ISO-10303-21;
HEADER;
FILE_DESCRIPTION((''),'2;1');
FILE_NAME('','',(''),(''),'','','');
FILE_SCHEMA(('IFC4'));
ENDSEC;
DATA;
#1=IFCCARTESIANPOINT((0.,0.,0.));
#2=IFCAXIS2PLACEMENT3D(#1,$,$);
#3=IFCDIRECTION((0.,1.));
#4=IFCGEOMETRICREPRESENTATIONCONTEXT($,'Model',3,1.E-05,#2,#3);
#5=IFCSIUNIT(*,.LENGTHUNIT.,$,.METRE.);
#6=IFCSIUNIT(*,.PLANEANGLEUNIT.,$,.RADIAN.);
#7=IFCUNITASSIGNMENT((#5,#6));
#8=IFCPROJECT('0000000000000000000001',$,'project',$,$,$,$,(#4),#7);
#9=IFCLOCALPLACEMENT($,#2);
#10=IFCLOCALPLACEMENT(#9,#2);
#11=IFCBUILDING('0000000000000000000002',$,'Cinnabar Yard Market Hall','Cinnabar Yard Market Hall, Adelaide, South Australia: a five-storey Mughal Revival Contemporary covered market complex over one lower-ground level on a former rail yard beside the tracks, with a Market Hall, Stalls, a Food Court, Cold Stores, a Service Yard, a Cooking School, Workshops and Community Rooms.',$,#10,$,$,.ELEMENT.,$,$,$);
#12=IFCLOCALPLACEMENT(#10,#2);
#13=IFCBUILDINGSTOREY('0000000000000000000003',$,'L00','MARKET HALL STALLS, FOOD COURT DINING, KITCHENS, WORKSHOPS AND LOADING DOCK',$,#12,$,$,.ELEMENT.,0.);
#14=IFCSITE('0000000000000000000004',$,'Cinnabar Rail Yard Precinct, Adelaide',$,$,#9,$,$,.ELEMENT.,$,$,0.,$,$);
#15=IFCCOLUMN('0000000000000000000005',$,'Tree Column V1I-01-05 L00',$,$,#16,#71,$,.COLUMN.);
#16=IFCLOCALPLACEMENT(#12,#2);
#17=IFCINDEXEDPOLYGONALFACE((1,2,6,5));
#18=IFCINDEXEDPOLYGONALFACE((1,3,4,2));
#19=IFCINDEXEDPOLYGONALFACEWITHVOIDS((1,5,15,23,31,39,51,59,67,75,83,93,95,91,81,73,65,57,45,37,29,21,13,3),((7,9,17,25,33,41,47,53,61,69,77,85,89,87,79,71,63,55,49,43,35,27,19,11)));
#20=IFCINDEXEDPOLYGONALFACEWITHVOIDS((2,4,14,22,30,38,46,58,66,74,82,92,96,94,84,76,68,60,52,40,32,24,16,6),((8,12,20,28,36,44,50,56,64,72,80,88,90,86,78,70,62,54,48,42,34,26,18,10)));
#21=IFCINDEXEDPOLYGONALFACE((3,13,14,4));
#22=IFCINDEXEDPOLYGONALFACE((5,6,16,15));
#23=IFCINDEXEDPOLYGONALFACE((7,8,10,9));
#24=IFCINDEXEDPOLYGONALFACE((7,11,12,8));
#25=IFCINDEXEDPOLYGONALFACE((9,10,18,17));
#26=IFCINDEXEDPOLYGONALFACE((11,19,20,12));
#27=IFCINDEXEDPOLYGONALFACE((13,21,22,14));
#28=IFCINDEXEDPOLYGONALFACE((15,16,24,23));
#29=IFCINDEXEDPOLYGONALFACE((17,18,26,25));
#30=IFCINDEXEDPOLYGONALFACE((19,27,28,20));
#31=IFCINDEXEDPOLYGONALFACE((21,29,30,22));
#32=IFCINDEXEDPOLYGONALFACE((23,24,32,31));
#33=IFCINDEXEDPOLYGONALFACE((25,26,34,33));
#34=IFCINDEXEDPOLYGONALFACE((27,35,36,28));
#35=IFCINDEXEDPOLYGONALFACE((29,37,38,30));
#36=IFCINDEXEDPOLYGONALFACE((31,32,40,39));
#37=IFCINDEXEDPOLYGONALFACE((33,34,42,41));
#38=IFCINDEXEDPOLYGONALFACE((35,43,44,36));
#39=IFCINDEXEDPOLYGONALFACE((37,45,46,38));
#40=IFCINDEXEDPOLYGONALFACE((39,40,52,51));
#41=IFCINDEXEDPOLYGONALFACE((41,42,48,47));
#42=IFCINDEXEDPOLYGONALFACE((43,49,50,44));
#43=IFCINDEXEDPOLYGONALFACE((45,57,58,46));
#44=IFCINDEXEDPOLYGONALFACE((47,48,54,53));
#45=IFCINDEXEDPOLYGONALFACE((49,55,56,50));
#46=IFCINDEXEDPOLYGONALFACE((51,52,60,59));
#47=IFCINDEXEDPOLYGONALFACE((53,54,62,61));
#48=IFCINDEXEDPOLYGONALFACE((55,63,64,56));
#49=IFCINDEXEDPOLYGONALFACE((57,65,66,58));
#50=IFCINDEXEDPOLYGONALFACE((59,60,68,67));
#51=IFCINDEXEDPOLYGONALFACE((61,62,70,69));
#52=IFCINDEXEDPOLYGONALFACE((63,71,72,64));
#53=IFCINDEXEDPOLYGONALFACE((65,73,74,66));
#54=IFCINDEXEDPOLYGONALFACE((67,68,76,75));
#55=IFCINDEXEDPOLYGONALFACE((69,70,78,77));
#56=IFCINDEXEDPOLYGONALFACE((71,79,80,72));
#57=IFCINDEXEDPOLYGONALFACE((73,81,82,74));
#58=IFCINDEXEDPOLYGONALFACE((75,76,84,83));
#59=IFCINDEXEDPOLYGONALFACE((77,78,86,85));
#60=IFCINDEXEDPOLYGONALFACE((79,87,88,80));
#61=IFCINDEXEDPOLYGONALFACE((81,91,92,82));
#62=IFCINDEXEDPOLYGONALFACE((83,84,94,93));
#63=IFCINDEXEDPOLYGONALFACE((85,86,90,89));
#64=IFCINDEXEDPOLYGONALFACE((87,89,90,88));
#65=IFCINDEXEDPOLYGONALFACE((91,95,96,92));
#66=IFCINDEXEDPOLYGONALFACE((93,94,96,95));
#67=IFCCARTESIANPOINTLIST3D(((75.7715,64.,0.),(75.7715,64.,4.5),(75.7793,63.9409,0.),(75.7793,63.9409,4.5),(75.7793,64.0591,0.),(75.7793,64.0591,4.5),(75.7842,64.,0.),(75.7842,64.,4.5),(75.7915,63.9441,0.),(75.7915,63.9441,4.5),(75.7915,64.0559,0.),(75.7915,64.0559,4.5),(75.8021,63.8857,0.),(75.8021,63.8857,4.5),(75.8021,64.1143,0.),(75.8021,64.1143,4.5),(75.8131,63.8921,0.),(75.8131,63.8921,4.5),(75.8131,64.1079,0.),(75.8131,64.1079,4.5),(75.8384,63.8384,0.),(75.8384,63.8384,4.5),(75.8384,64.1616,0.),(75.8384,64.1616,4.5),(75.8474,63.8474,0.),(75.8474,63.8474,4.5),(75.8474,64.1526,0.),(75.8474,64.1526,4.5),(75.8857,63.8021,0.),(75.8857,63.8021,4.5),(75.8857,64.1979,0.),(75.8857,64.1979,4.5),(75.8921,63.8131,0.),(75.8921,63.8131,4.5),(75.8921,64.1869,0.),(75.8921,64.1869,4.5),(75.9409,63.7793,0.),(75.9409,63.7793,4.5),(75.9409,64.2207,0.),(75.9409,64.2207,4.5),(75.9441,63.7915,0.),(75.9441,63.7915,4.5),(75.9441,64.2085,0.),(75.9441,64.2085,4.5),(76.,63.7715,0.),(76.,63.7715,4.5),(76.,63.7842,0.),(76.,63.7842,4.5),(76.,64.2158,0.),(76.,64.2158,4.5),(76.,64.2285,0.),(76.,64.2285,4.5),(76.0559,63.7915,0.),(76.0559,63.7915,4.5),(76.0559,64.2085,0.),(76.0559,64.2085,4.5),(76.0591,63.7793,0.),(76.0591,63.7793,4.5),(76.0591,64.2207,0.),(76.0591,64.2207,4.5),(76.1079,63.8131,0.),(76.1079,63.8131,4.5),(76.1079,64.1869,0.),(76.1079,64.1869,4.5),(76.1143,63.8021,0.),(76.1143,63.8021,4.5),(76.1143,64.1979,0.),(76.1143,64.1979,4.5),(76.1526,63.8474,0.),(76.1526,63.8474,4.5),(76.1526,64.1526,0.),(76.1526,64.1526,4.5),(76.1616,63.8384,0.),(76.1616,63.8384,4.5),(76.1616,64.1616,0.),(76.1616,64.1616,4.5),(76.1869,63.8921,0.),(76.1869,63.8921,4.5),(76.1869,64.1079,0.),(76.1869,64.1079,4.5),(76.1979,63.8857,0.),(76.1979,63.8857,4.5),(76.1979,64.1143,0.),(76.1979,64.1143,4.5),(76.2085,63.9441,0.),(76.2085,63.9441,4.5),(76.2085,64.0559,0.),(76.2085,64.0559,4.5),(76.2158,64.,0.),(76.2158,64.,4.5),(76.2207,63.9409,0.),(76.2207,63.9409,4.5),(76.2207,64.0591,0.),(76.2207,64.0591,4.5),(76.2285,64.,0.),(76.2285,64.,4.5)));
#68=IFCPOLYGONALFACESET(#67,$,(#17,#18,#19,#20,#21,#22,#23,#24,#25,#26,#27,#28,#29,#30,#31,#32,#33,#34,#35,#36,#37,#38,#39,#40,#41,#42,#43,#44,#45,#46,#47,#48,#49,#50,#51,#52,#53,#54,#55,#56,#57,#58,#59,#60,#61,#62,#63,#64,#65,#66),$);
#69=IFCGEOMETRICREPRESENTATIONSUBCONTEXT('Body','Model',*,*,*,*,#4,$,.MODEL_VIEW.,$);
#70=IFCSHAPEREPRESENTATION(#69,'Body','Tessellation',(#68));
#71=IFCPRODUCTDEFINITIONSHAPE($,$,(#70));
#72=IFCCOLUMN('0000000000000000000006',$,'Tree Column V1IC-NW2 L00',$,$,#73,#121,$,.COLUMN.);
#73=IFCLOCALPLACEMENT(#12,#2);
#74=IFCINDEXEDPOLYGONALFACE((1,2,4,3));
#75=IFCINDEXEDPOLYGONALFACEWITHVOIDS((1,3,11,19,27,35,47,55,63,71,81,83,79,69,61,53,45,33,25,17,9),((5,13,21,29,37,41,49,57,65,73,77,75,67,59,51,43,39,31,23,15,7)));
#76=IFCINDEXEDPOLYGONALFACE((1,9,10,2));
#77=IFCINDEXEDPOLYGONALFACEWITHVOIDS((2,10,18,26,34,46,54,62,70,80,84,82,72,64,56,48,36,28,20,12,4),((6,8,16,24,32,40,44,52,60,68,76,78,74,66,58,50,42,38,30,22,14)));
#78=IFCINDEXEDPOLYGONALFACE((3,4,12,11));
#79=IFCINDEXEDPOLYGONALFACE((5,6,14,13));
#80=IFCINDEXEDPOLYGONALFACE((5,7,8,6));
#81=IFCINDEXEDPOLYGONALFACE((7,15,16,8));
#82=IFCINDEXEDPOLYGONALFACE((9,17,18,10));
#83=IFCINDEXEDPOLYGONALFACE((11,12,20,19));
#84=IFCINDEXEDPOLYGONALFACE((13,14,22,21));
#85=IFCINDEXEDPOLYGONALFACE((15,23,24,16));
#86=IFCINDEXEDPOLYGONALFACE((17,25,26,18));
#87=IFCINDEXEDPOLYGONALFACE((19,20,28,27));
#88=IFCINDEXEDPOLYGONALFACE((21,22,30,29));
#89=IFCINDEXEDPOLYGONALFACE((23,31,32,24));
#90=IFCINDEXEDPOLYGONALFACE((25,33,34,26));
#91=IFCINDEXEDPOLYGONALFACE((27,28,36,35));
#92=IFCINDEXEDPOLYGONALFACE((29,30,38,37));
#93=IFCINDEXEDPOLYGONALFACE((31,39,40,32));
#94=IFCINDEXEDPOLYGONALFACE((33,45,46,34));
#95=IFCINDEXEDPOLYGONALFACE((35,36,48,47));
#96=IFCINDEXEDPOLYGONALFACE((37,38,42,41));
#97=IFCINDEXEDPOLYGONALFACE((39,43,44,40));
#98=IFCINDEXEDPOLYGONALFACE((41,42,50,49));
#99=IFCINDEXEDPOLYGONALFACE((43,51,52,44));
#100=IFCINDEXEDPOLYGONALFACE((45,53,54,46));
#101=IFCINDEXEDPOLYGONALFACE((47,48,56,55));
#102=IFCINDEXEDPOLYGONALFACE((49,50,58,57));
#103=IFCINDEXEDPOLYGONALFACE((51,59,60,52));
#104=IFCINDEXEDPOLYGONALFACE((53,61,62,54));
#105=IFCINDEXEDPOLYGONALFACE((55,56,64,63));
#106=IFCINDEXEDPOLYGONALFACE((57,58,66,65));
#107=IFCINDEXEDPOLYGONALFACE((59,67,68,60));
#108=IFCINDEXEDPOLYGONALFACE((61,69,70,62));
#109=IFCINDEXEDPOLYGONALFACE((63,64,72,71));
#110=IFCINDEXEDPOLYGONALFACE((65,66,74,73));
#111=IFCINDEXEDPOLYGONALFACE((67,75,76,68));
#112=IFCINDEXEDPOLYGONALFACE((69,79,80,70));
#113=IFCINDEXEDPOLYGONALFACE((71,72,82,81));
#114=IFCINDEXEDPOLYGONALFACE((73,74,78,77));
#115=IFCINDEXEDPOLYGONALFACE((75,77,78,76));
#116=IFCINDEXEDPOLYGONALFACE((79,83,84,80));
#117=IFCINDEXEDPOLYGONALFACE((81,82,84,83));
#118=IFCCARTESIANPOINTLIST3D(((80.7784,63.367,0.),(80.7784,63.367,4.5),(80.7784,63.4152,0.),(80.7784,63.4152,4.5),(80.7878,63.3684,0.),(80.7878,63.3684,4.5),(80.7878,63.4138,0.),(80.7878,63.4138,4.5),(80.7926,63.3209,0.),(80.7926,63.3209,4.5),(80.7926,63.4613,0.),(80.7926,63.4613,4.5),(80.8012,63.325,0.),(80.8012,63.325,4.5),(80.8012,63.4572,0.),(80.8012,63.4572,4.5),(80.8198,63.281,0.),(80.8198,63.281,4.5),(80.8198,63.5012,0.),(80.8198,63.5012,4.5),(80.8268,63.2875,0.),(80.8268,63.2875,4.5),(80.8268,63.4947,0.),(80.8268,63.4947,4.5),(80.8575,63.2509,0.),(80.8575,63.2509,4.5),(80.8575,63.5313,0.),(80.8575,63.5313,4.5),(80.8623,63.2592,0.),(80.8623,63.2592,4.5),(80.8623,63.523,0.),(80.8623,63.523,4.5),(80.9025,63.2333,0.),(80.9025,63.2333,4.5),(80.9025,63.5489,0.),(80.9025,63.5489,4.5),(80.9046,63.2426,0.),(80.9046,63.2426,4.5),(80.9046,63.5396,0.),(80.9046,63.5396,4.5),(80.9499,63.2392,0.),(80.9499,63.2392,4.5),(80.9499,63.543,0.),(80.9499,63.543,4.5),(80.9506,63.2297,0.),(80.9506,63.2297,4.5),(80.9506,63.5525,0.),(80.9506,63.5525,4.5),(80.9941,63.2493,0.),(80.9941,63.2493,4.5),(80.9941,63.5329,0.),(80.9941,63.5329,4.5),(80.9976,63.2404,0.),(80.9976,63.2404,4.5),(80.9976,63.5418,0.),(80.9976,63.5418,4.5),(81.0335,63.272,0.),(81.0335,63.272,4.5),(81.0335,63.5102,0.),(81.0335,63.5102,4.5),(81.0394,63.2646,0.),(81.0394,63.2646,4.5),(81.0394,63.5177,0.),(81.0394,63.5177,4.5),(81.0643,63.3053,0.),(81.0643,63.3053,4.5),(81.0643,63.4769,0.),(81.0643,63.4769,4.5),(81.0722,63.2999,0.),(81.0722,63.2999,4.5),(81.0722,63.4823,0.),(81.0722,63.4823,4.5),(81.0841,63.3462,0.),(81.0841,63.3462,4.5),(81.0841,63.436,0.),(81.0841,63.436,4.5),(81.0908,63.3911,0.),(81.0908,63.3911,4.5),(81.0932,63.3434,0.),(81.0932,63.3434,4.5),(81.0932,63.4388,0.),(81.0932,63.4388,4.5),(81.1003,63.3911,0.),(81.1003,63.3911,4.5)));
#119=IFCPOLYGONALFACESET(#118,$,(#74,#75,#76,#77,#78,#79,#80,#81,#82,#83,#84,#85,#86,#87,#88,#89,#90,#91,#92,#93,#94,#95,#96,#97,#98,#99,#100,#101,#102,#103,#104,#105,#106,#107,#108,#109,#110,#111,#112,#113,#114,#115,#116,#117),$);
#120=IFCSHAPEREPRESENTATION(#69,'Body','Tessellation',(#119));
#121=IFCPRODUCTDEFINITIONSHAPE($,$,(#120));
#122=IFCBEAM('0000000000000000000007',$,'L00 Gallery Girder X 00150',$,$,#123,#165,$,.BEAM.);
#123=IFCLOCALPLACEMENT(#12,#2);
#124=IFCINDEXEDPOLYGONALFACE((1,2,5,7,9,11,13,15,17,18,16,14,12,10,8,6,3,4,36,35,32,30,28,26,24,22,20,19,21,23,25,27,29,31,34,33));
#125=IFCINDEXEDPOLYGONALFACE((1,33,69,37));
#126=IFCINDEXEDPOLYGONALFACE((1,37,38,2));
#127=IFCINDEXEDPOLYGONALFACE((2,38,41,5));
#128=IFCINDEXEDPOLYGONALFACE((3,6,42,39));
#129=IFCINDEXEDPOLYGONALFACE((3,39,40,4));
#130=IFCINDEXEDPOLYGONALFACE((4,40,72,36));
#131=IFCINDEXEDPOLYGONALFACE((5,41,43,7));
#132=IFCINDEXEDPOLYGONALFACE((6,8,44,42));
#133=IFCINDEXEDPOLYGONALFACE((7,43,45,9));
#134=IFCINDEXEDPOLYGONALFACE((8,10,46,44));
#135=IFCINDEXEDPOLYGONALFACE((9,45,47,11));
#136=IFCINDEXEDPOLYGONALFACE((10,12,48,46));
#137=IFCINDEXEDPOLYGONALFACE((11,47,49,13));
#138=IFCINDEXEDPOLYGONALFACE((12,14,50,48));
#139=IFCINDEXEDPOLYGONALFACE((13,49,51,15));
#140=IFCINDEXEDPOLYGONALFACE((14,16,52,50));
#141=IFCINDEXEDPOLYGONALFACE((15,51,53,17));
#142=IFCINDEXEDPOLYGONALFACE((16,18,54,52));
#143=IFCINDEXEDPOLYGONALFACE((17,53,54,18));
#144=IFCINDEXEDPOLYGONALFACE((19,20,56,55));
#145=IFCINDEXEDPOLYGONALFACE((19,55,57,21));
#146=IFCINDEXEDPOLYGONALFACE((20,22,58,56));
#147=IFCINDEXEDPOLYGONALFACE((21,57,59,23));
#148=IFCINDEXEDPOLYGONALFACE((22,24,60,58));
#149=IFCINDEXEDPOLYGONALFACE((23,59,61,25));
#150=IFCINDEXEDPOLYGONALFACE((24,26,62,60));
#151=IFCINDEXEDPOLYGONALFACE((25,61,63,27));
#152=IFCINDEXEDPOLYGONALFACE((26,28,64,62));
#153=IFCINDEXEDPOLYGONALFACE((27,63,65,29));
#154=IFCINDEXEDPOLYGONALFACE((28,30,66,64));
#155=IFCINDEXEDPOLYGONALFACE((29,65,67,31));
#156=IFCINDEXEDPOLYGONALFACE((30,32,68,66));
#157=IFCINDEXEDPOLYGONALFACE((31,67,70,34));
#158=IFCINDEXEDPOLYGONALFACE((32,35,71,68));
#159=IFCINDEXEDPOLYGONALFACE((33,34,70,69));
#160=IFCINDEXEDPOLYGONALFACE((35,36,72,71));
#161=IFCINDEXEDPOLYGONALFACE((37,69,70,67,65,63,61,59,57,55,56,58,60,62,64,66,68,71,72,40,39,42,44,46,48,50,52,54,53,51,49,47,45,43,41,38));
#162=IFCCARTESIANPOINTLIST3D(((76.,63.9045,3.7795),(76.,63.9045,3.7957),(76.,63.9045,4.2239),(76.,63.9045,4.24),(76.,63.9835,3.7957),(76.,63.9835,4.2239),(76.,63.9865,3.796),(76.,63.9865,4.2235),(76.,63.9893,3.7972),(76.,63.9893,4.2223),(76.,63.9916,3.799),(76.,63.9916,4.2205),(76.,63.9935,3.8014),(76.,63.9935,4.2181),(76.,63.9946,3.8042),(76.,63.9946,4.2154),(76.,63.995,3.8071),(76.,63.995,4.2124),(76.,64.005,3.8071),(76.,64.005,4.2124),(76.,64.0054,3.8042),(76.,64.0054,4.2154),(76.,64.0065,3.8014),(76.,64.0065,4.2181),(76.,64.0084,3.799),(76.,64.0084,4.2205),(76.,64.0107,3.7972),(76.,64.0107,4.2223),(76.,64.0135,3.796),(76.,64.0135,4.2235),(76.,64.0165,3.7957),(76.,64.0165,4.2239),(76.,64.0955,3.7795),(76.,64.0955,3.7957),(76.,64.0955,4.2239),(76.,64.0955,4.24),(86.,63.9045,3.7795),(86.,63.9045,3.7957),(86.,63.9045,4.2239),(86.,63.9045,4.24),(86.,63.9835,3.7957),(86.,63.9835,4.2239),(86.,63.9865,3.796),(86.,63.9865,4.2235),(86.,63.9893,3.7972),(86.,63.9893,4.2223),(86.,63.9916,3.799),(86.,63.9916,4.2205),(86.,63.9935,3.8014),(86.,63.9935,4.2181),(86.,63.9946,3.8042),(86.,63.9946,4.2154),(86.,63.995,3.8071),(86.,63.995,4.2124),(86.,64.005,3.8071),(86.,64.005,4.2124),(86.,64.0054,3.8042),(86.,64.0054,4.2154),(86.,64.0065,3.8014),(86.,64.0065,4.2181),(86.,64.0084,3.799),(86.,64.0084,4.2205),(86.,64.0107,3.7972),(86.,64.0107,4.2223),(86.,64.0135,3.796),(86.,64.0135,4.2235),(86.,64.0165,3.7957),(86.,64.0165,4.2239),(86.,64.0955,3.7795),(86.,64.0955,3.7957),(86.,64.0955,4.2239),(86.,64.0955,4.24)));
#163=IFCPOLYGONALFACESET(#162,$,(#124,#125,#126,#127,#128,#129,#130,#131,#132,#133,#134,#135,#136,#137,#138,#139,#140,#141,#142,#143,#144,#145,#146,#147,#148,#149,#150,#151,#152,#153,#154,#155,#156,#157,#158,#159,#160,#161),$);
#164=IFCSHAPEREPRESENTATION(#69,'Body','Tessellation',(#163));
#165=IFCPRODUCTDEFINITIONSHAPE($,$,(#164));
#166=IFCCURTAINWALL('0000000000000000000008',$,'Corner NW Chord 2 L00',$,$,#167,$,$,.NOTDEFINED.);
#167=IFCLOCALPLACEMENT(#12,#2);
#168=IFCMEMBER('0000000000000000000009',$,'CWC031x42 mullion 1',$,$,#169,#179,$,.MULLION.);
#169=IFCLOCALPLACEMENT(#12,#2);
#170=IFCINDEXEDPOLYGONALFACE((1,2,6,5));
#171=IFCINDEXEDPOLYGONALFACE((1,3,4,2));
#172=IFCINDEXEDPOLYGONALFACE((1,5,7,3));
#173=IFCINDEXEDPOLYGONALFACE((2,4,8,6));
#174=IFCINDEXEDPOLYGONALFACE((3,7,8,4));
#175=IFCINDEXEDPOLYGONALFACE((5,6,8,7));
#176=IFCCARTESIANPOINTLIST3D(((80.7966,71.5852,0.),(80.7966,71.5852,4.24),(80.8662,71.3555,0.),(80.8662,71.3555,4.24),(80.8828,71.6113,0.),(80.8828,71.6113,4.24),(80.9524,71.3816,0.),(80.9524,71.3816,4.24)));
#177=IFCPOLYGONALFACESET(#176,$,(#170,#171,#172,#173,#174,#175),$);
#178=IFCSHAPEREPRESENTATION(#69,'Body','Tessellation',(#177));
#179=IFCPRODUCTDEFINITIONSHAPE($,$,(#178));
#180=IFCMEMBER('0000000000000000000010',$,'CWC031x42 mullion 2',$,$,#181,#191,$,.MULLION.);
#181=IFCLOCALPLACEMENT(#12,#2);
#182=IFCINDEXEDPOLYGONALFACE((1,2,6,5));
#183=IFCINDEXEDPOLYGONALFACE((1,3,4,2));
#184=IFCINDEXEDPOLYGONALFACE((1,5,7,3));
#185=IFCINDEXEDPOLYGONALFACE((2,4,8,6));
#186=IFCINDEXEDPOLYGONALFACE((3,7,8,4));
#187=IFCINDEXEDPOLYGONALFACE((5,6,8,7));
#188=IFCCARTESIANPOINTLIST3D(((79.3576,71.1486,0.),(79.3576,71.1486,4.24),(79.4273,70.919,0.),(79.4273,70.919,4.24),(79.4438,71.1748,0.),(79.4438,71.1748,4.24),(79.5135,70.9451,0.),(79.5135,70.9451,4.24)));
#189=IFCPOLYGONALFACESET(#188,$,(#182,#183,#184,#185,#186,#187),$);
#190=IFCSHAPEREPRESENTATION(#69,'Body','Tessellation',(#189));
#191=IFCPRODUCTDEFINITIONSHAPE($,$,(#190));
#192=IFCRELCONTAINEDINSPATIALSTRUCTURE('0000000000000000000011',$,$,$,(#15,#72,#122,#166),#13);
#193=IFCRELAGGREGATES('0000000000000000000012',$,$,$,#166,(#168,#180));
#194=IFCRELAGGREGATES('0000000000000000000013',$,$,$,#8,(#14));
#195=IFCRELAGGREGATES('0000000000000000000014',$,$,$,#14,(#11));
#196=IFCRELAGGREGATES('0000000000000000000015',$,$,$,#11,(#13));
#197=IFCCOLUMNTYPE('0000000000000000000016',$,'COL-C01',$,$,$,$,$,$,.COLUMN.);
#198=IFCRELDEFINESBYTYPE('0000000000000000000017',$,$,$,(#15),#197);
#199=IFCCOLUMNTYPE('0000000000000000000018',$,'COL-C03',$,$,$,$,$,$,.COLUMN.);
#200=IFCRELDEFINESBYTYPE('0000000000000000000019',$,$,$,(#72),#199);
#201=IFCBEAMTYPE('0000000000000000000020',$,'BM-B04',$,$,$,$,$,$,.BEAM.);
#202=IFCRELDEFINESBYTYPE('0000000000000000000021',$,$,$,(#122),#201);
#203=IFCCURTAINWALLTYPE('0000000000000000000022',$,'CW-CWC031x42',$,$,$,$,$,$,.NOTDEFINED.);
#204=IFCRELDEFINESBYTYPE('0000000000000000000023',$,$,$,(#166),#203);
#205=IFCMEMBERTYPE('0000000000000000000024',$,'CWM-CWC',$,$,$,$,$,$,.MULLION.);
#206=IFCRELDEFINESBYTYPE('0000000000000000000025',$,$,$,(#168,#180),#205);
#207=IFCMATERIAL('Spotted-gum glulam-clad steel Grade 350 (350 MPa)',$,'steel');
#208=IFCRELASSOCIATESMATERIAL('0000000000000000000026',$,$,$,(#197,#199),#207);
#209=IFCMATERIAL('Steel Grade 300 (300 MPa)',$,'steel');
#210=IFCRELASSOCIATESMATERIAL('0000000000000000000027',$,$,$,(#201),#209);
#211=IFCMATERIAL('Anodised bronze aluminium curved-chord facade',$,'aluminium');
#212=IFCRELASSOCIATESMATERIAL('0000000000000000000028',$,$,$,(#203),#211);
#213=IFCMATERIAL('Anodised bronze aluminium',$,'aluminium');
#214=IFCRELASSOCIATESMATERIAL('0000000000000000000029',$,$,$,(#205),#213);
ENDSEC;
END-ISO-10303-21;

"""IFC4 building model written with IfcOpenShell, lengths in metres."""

from ifc_helpers import new_model, si_unit, direction, frame, origin, origin_2d_with_axis, place, context, subcontext, project, spatial, rectangle, hollow_circle, i_section, extrude, material, material_profile, profile_set, type_object, element, aggregate, save


model = new_model("IFC4")

# Units and contexts
model_context = context("Model", 3, precision=1e-05, world=origin(), true_north=direction((0.0, 1.0)))
body_context = subcontext(model_context, "Body", "Model", "MODEL_VIEW")
ifc_project = project(units=[si_unit("LENGTHUNIT", "METRE"), si_unit("PLANEANGLEUNIT", "RADIAN")], contexts=[model_context])

# Site, building, storey
site_placement = place(None, origin())
site = spatial("IfcSite", under=ifc_project, at=site_placement, Name="Cinnabar Rail Yard Precinct, Adelaide", CompositionType="ELEMENT", RefElevation=0.0)
building_placement = place(site_placement, origin())
building = spatial("IfcBuilding", under=site, at=building_placement, Name="Cinnabar Yard Market Hall", Description="Cinnabar Yard Market Hall, Adelaide, South Australia: a five-storey Mughal Revival Contemporary covered market complex over one lower-ground level on a former rail yard beside the tracks, with a Market Hall, Stalls, a Food Court, Cold Stores, a Service Yard, a Cooking School, Workshops and Community Rooms.", CompositionType="ELEMENT")
storey_placement = place(building_placement, origin())
storey = spatial("IfcBuildingStorey", under=building, at=storey_placement, Name="L00", Description="MARKET HALL STALLS, FOOD COURT DINING, KITCHENS, WORKSHOPS AND LOADING DOCK", CompositionType="ELEMENT", Elevation=0.0)

# Columns
ifc_material_1 = material(Name="Spotted-gum glulam-clad steel Grade 350 (350 MPa)", Category="steel")
ifc_material_profile_1 = material_profile(ifc_material_1, hollow_circle(Radius=0.2285, WallThickness=0.0127, at=origin_2d_with_axis()), Name="457.0x12.7CHS")
ifc_profile_set_1 = profile_set([ifc_material_profile_1], Name="Spotted-gum glulam-clad steel Grade 350 (350 MPa)")
column_type_1 = type_object("IfcColumnType", Name="COL-C01", PredefinedType="COLUMN", material=ifc_profile_set_1)
column_1_placement = place(storey_placement, frame((76.0, 64.0, 0.0), z_axis=(0.0, 0.0, 1.0), x_axis=(1.0, 0.0, 0.0)))
element("IfcColumn", 1, at=column_1_placement, inside=storey, type_object=column_type_1, Name="Tree Column V1I-01-05 L00", PredefinedType="COLUMN", context=body_context, shape_type="SweptSolid", body=[
    extrude(hollow_circle(Radius=0.2285, WallThickness=0.0127, at=origin_2d_with_axis()), origin(), (0.0, 0.0, 1.0), 4.5),
])
ifc_material_profile_2 = material_profile(ifc_material_1, hollow_circle(Radius=0.1619, WallThickness=0.0095, at=origin_2d_with_axis()), Name="323.9x9.5CHS")
ifc_profile_set_2 = profile_set([ifc_material_profile_2], Name="Spotted-gum glulam-clad steel Grade 350 (350 MPa)")
column_type_2 = type_object("IfcColumnType", Name="COL-C03", PredefinedType="COLUMN", material=ifc_profile_set_2)
column_2_placement = place(storey_placement, frame((80.9385, 63.3911, 0.0), z_axis=(0.0, 0.0, 1.0), x_axis=(1.0, 0.0, 0.0)))
element("IfcColumn", 2, at=column_2_placement, inside=storey, type_object=column_type_2, Name="Tree Column V1IC-NW2 L00", PredefinedType="COLUMN", context=body_context, shape_type="SweptSolid", body=[
    extrude(hollow_circle(Radius=0.1619, WallThickness=0.0095, at=origin_2d_with_axis()), origin(), (0.0, 0.0, 1.0), 4.5),
])

# Beam
ifc_material_2 = material(Name="Steel Grade 300 (300 MPa)", Category="steel")
ifc_material_profile_3 = material_profile(ifc_material_2, i_section(OverallWidth=0.1909, OverallDepth=0.4604, WebThickness=0.01, FlangeThickness=0.0161, FilletRadius=0.0115, at=origin_2d_with_axis()), Name="460UB82.1")
ifc_profile_set_3 = profile_set([ifc_material_profile_3], Name="Steel Grade 300 (300 MPa)")
beam_type = type_object("IfcBeamType", Name="BM-B04", PredefinedType="BEAM", material=ifc_profile_set_3)
beam_placement = place(storey_placement, frame((76.0, 64.0, 4.0098), z_axis=(1.0, 0.0, 0.0), x_axis=(0.0, 1.0, 0.0)))
element("IfcBeam", 3, at=beam_placement, inside=storey, type_object=beam_type, Name="L00 Gallery Girder X 00150", PredefinedType="BEAM", context=body_context, shape_type="SweptSolid", body=[
    extrude(i_section(OverallWidth=0.1909, OverallDepth=0.4604, WebThickness=0.01, FlangeThickness=0.0161, FilletRadius=0.0115, at=origin_2d_with_axis()), origin(), (0.0, 0.0, 1.0), 10.0),
])

# Curtain wall, members
ifc_material_3 = material(Name="Anodised bronze aluminium curved-chord facade", Category="aluminium")
curtain_wall_type = type_object("IfcCurtainWallType", Name="CW-CWC031x42", PredefinedType="NOTDEFINED", material=ifc_material_3)
curtain_wall_1_placement = place(storey_placement, origin())
curtain_wall_1 = element("IfcCurtainWall", 4, at=curtain_wall_1_placement, inside=storey, type_object=curtain_wall_type, Name="Corner NW Chord 2 L00", PredefinedType="NOTDEFINED")
ifc_material_4 = material(Name="Anodised bronze aluminium", Category="aluminium")
ifc_material_profile_4 = material_profile(ifc_material_4, rectangle(XDim=0.24, YDim=0.0901, at=origin_2d_with_axis()), Name="MUL-CWC")
ifc_profile_set_4 = profile_set([ifc_material_profile_4], Name="Anodised bronze aluminium")
member_type_1 = type_object("IfcMemberType", Name="CWM-CWC", PredefinedType="MULLION", material=ifc_profile_set_4)
member_1_placement = place(storey_placement, frame((80.8745, 71.4834, 0.0), z_axis=(0.0, 0.0, 1.0), x_axis=(0.290279, -0.956942, 0.0)))
member_1 = element("IfcMember", 5, at=member_1_placement, type_object=member_type_1, Name="CWC031x42 mullion 1", PredefinedType="MULLION", context=body_context, shape_type="SweptSolid", body=[
    extrude(rectangle(XDim=0.24, YDim=0.0901, at=origin_2d_with_axis()), origin(), (0.0, 0.0, 1.0), 4.24),
])
member_2_placement = place(storey_placement, frame((79.4355, 71.0469, 0.0), z_axis=(0.0, 0.0, 1.0), x_axis=(0.290279, -0.956942, 0.0)))
member_2 = element("IfcMember", 6, at=member_2_placement, type_object=member_type_1, Name="CWC031x42 mullion 2", PredefinedType="MULLION", context=body_context, shape_type="SweptSolid", body=[
    extrude(rectangle(XDim=0.24, YDim=0.0901, at=origin_2d_with_axis()), origin(), (0.0, 0.0, 1.0), 4.24),
])

aggregate(curtain_wall_1, [member_1, member_2])

save(model, "model.ifc")
